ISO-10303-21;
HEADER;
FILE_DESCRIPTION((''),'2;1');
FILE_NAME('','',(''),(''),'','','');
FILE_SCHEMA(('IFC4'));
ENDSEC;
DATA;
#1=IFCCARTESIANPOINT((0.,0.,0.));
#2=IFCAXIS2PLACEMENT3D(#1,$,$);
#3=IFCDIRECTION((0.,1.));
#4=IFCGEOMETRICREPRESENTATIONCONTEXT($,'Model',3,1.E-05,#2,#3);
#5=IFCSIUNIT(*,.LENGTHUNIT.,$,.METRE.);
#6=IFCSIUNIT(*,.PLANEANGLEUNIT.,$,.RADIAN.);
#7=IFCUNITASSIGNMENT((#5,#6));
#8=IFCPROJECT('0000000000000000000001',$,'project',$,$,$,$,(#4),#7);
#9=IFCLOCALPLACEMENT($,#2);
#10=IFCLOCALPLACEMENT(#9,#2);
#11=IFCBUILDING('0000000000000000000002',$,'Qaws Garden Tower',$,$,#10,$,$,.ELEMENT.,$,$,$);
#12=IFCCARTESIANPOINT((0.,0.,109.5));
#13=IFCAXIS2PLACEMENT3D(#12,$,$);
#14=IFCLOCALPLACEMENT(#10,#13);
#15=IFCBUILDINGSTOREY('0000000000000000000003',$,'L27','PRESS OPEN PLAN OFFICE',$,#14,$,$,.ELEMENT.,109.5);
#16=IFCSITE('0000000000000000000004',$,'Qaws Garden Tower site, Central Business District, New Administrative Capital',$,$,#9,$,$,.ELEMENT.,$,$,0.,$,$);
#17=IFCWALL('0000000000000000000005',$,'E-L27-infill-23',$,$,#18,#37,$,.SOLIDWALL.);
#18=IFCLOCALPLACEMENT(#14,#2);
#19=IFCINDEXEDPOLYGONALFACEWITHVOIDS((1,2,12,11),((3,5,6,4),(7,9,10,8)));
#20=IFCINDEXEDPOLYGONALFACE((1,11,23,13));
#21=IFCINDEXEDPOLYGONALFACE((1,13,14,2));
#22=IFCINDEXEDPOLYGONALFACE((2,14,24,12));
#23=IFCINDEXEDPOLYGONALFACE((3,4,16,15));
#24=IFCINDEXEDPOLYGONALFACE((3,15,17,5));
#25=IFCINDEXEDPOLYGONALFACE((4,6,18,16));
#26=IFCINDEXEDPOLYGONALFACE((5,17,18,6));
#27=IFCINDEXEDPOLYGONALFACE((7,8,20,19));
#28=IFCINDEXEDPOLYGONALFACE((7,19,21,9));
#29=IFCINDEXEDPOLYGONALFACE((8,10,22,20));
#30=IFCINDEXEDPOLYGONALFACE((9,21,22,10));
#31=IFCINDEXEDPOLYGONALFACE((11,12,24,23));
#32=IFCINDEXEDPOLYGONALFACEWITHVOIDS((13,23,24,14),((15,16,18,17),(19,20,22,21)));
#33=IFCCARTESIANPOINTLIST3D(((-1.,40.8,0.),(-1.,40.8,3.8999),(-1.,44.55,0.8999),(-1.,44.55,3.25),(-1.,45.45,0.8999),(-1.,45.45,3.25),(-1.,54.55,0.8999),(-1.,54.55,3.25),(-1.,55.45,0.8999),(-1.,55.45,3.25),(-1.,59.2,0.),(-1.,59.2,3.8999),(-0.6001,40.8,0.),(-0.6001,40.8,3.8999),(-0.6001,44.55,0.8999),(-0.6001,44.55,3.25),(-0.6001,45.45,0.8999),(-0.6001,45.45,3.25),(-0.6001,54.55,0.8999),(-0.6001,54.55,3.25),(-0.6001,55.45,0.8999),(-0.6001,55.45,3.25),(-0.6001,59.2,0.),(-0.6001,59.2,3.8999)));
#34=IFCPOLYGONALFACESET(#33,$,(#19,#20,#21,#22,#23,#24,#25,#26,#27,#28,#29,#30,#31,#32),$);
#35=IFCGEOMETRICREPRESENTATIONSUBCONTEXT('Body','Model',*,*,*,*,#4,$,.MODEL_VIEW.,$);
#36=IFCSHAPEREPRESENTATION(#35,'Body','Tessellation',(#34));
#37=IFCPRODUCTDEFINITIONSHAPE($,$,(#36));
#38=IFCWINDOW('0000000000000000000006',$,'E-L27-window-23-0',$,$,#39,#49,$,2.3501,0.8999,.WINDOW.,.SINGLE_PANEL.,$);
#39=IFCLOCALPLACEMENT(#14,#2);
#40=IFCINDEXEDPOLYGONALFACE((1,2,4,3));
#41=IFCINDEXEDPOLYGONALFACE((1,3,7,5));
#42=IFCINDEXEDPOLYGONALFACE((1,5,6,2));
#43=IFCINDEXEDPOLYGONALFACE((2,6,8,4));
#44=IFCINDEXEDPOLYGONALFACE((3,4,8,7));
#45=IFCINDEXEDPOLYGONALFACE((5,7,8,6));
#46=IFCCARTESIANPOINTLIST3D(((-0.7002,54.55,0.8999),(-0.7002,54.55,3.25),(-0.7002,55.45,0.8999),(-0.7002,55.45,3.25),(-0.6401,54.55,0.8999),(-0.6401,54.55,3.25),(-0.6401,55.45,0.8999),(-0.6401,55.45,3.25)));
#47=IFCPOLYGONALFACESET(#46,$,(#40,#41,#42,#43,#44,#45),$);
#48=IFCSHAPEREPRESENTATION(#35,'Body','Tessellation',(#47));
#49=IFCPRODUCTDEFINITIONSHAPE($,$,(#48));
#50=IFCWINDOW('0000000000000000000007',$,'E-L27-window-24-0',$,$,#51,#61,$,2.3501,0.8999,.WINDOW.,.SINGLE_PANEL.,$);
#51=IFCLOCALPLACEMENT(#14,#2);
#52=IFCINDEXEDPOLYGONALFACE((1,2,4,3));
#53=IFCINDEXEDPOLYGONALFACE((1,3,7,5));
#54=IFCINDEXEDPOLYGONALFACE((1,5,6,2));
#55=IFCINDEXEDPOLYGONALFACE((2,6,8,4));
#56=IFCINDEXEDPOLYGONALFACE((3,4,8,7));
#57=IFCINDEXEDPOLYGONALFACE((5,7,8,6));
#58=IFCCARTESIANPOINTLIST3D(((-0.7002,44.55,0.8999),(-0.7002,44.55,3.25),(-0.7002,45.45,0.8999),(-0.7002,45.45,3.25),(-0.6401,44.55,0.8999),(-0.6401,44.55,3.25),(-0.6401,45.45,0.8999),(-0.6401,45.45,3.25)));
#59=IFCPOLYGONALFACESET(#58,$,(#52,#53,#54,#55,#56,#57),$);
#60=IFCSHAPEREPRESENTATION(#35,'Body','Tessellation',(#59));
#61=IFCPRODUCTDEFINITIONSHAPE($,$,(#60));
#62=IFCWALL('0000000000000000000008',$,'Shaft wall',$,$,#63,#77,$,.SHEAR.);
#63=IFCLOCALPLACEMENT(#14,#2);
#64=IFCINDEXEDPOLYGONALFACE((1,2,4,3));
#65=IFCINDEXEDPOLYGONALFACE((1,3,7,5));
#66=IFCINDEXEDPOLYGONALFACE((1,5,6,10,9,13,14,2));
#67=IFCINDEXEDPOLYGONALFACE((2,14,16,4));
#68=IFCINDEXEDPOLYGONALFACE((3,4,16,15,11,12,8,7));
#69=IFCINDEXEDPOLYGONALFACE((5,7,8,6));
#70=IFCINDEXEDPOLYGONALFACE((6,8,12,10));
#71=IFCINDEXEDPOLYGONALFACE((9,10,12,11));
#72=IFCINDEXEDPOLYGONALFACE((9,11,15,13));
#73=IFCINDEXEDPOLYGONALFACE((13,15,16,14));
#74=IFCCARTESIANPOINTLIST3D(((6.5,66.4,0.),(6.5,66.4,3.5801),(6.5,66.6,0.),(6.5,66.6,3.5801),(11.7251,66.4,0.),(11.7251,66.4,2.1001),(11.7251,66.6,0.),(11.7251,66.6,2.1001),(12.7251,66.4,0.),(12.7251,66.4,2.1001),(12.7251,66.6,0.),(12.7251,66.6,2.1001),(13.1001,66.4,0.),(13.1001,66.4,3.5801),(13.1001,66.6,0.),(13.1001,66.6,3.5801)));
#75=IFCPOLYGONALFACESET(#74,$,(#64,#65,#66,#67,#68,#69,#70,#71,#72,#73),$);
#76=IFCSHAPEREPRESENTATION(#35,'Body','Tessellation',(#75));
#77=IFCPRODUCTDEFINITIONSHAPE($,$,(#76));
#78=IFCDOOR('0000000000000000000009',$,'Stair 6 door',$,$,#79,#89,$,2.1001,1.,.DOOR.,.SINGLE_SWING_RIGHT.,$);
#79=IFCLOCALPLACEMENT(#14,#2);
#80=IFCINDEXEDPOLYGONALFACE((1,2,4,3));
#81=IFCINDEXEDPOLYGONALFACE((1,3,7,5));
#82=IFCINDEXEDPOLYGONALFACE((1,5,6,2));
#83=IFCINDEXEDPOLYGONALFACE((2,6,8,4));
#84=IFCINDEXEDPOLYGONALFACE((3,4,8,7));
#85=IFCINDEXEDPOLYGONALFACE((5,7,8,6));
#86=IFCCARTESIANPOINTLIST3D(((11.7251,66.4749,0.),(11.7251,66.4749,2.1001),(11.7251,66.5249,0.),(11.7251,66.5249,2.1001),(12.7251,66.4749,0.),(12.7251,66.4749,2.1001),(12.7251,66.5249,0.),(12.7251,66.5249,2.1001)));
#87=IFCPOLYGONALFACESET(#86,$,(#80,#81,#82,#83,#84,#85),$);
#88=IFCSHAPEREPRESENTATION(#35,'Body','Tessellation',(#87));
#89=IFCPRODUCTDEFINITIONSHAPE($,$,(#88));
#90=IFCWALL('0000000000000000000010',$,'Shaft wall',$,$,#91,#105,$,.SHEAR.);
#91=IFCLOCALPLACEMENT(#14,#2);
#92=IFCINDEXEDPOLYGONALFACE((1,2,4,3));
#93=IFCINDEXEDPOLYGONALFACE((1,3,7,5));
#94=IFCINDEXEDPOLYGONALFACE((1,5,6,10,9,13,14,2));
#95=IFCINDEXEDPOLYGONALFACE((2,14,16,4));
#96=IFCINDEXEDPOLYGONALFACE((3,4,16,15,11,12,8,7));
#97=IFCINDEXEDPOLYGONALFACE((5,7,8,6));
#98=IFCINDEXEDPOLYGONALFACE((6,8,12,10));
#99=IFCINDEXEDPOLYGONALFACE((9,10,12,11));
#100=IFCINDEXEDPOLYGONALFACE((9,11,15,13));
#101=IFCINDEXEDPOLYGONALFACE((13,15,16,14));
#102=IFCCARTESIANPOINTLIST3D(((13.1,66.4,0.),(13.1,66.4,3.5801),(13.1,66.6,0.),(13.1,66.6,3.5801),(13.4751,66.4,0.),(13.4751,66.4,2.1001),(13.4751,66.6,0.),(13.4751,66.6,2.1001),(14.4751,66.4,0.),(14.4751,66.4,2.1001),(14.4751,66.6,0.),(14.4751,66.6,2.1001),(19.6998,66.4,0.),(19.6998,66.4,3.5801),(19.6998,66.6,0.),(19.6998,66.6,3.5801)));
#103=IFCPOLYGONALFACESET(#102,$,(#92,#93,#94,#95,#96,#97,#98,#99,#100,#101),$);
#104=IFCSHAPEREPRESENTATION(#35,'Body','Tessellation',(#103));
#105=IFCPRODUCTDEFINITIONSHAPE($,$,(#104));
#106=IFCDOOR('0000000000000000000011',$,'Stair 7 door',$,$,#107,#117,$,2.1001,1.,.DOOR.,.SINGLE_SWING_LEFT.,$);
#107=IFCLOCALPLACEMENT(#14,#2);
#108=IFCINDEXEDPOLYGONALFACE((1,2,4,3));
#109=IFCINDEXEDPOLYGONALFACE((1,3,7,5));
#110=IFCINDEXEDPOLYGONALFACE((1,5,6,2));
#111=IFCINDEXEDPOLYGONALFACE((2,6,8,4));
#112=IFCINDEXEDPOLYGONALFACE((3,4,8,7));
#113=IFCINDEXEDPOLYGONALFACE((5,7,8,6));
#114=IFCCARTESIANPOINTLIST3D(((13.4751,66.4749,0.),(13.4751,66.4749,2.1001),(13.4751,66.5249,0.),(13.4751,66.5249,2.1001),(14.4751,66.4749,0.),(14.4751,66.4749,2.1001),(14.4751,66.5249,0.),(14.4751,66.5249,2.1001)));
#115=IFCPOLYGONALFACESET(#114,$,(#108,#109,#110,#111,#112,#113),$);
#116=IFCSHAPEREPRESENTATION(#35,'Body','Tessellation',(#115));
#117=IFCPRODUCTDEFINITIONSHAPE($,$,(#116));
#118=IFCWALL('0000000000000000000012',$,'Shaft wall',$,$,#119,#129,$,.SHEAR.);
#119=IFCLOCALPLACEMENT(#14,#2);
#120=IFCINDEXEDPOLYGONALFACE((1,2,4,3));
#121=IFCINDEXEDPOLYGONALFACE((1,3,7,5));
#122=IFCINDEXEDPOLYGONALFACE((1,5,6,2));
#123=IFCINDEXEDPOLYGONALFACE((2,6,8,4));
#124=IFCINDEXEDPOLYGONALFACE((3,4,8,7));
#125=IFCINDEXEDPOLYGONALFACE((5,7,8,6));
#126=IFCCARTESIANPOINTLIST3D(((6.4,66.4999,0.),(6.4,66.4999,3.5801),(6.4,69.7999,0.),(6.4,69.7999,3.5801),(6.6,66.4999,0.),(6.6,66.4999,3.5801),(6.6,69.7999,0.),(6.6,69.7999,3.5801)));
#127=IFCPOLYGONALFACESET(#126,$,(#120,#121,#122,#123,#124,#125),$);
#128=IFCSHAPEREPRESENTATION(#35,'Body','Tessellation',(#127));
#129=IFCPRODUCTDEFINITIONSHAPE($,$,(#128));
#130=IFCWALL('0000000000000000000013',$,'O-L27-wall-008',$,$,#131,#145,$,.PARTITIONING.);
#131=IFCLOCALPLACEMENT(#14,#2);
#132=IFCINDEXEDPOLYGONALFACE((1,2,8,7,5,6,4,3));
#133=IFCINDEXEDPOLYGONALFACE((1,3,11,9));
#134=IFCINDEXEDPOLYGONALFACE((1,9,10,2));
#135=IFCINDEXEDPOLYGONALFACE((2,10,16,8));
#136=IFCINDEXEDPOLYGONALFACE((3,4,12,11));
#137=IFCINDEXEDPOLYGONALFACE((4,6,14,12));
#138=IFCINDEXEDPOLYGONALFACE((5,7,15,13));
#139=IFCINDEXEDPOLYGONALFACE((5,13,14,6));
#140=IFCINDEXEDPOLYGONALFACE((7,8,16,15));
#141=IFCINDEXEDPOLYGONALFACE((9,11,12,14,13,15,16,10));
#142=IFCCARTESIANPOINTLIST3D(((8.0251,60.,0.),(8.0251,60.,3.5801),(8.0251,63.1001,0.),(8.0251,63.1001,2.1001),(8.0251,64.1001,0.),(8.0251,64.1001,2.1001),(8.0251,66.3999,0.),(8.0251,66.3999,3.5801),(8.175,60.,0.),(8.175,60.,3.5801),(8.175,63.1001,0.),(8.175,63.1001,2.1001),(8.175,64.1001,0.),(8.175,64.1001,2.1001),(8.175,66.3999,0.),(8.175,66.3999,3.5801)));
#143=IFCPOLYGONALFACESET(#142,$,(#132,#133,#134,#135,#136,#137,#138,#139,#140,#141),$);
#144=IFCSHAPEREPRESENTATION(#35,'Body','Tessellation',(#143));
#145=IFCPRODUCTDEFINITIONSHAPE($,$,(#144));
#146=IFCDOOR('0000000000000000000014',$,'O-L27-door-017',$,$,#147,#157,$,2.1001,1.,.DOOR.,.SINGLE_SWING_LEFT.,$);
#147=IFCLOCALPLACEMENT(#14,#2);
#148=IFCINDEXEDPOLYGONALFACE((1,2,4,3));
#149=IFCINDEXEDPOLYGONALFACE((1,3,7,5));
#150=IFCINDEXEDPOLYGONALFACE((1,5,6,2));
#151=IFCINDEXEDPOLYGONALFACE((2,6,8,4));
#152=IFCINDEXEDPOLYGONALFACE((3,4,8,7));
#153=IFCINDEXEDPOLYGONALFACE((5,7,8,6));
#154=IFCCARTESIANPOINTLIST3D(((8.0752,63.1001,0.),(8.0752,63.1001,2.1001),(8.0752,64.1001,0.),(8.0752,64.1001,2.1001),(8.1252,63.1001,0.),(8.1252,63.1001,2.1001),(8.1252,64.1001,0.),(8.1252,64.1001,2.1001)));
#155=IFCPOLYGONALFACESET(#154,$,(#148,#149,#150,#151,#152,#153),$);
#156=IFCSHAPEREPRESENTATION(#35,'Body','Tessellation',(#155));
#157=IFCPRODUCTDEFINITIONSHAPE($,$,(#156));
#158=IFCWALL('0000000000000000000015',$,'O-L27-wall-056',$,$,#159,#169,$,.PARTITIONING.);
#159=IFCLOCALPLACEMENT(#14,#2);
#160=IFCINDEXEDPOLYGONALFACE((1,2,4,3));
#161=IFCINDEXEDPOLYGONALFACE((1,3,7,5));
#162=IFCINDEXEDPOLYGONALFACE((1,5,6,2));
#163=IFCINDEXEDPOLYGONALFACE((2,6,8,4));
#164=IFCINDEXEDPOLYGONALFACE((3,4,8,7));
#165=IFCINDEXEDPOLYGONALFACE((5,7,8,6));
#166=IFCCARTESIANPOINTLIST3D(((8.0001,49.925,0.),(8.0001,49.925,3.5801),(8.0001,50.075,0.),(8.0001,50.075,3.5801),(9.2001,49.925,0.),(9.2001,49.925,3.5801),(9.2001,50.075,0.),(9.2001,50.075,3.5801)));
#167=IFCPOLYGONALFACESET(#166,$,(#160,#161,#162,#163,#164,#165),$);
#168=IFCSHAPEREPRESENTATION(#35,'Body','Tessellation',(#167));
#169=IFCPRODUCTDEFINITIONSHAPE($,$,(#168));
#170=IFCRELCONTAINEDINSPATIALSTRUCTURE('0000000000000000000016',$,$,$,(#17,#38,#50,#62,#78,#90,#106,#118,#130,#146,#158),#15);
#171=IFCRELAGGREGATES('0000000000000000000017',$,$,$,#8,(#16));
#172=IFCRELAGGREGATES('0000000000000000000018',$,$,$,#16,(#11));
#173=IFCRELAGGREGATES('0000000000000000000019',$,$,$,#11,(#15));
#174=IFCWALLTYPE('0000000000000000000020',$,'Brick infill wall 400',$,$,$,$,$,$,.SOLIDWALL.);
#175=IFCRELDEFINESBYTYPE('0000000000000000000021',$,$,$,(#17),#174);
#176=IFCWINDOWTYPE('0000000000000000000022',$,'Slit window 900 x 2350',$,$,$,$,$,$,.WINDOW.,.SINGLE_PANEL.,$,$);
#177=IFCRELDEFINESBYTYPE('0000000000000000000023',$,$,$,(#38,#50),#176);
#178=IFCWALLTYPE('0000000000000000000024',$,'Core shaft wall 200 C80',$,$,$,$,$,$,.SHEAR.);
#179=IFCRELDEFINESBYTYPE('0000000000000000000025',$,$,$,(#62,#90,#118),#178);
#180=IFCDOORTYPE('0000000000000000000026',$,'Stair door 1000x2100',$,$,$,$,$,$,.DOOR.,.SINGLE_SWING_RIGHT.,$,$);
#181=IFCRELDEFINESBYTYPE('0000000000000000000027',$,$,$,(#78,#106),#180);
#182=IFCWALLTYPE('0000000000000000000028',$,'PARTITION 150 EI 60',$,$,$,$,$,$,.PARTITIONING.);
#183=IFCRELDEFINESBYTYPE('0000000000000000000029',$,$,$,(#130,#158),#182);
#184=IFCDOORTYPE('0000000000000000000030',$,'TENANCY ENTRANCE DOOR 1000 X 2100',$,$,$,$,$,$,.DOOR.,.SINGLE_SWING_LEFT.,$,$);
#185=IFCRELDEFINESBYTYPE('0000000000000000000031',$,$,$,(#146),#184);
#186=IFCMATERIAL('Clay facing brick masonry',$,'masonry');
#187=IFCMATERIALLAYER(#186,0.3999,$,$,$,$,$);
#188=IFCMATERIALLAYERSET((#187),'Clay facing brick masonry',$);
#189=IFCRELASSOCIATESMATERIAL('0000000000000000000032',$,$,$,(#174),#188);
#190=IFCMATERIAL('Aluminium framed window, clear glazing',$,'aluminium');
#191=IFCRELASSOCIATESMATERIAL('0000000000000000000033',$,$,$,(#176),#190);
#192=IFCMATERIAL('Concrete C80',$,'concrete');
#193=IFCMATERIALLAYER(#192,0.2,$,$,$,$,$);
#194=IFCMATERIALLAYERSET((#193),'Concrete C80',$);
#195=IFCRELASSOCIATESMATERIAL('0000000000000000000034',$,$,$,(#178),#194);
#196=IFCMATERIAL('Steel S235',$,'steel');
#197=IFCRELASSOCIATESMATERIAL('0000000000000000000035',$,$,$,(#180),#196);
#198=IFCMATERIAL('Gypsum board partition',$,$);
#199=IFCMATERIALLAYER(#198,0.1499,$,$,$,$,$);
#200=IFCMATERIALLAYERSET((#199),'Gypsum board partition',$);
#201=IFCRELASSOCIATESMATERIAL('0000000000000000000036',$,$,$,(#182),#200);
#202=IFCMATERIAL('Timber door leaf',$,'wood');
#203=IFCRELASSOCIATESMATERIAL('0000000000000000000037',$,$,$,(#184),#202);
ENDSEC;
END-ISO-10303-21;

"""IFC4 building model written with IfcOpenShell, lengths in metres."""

from ifc_helpers import new_model, si_unit, direction, frame, frame_2d, origin, place, context, subcontext, project, spatial, rectangle, extrude, material, layer, layer_set, type_object, element, fill, save


model = new_model("IFC4")

# Units and contexts
model_context = context("Model", 3, precision=1e-05, world=origin(), true_north=direction((0.0, 1.0)))
body_context = subcontext(model_context, "Body", "Model", "MODEL_VIEW")
ifc_project = project(units=[si_unit("LENGTHUNIT", "METRE"), si_unit("PLANEANGLEUNIT", "RADIAN")], contexts=[model_context])

# Site, building, storey
site_placement = place(None, origin())
site = spatial("IfcSite", under=ifc_project, at=site_placement, Name="Qaws Garden Tower site, Central Business District, New Administrative Capital", CompositionType="ELEMENT", RefElevation=0.0)
building_placement = place(site_placement, origin())
building = spatial("IfcBuilding", under=site, at=building_placement, Name="Qaws Garden Tower", CompositionType="ELEMENT")
storey_placement = place(building_placement, frame((0.0, 0.0, 109.5)))
storey = spatial("IfcBuildingStorey", under=building, at=storey_placement, Name="L27", Description="PRESS OPEN PLAN OFFICE", CompositionType="ELEMENT", Elevation=109.5)

# Shared definitions
ifc_material_1 = material(Name="Clay facing brick masonry", Category="masonry")
ifc_layer_1 = layer(ifc_material_1, 0.3999)
ifc_layer_set_1 = layer_set([ifc_layer_1], Name="Clay facing brick masonry")
wall_type_1 = type_object("IfcWallType", Name="Brick infill wall 400", PredefinedType="SOLIDWALL", material=ifc_layer_set_1)

# Wall, openings, windows
wall_1_placement = place(storey_placement, frame((-0.8, 59.2, 0.0), z_axis=(0.0, 0.0, 1.0), x_axis=(0.0, -1.0, 0.0)))
wall_1 = element("IfcWall", 1, at=wall_1_placement, inside=storey, type_object=wall_type_1, Name="E-L27-infill-23", PredefinedType="SOLIDWALL", context=body_context, shape_type="SweptSolid", body=[
    extrude(rectangle(XDim=18.3999, YDim=0.3999, at=frame_2d((9.2, 0.0))), origin(), (0.0, 0.0, 1.0), 3.8999),
])
opening_1_placement = place(wall_1_placement, frame((3.75, 0.0, 0.8999)))
opening_1 = element("IfcOpeningElement", 2, at=opening_1_placement, cuts=wall_1, PredefinedType="OPENING", context=body_context, shape_type="SweptSolid", body=[
    extrude(rectangle(XDim=0.8999, YDim=2.3501, at=frame_2d((0.45, 1.175))), frame((0.0, 0.21, 0.0), z_axis=(0.0, -1.0, 0.0), x_axis=(1.0, 0.0, 0.0)), (0.0, 0.0, 1.0), 0.4199),
])
opening_2_placement = place(wall_1_placement, frame((13.75, 0.0, 0.8999)))
opening_2 = element("IfcOpeningElement", 3, at=opening_2_placement, cuts=wall_1, PredefinedType="OPENING", context=body_context, shape_type="SweptSolid", body=[
    extrude(rectangle(XDim=0.8999, YDim=2.3501, at=frame_2d((0.45, 1.175))), frame((0.0, 0.21, 0.0), z_axis=(0.0, -1.0, 0.0), x_axis=(1.0, 0.0, 0.0)), (0.0, 0.0, 1.0), 0.4199),
])
ifc_material_2 = material(Name="Aluminium framed window, clear glazing", Category="aluminium")
window_type_1 = type_object("IfcWindowType", Name="Slit window 900 x 2350", PartitioningType="SINGLE_PANEL", PredefinedType="WINDOW", material=ifc_material_2)
window_1_placement = place(opening_1_placement, origin())
window_1 = element("IfcWindow", 4, at=window_1_placement, inside=storey, type_object=window_type_1, Name="E-L27-window-23-0", OverallHeight=2.3501, OverallWidth=0.8999, PartitioningType="SINGLE_PANEL", PredefinedType="WINDOW", context=body_context, shape_type="SweptSolid", body=[
    extrude(rectangle(XDim=0.8999, YDim=2.3501, at=frame_2d((0.45, 1.175))), frame((0.0, 0.1599, 0.0), z_axis=(0.0, -1.0, 0.0), x_axis=(1.0, 0.0, 0.0)), (0.0, 0.0, 1.0), 0.0601),
])
fill(opening_1, window_1)
window_2_placement = place(opening_2_placement, origin())
window_2 = element("IfcWindow", 5, at=window_2_placement, inside=storey, type_object=window_type_1, Name="E-L27-window-24-0", OverallHeight=2.3501, OverallWidth=0.8999, PartitioningType="SINGLE_PANEL", PredefinedType="WINDOW", context=body_context, shape_type="SweptSolid", body=[
    extrude(rectangle(XDim=0.8999, YDim=2.3501, at=frame_2d((0.45, 1.175))), frame((0.0, 0.1599, 0.0), z_axis=(0.0, -1.0, 0.0), x_axis=(1.0, 0.0, 0.0)), (0.0, 0.0, 1.0), 0.0601),
])
fill(opening_2, window_2)

# Walls, openings, doors
ifc_material_3 = material(Name="Concrete C80", Category="concrete")
ifc_layer_2 = layer(ifc_material_3, 0.2)
ifc_layer_set_2 = layer_set([ifc_layer_2], Name="Concrete C80")
wall_type_2 = type_object("IfcWallType", Name="Core shaft wall 200 C80", PredefinedType="SHEAR", material=ifc_layer_set_2)
wall_2_placement = place(storey_placement, frame((6.5, 66.5, 0.0), z_axis=(0.0, 0.0, 1.0), x_axis=(1.0, 0.0, 0.0)))
wall_2 = element("IfcWall", 6, at=wall_2_placement, inside=storey, type_object=wall_type_2, Name="Shaft wall", PredefinedType="SHEAR", context=body_context, shape_type="SweptSolid", body=[
    extrude(rectangle(XDim=6.6001, YDim=0.2, at=frame_2d((3.3, 0.0))), origin(), (0.0, 0.0, 1.0), 3.5801),
])
opening_3_placement = place(wall_2_placement, frame((5.2251, 0.0, 0.0)))
opening_3 = element("IfcOpeningElement", 7, at=opening_3_placement, cuts=wall_2, PredefinedType="OPENING", context=body_context, shape_type="SweptSolid", body=[
    extrude(rectangle(XDim=1.0, YDim=2.1001, at=frame_2d((0.5, 1.05))), frame((0.0, 0.1099, 0.0), z_axis=(0.0, -1.0, 0.0), x_axis=(1.0, 0.0, 0.0)), (0.0, 0.0, 1.0), 0.22),
])
ifc_material_4 = material(Name="Steel S235", Category="steel")
door_type_1 = type_object("IfcDoorType", Name="Stair door 1000x2100", OperationType="SINGLE_SWING_RIGHT", PredefinedType="DOOR", material=ifc_material_4)
door_1_placement = place(opening_3_placement, origin())
door_1 = element("IfcDoor", 8, at=door_1_placement, inside=storey, type_object=door_type_1, Name="Stair 6 door", OperationType="SINGLE_SWING_RIGHT", OverallHeight=2.1001, OverallWidth=1.0, PredefinedType="DOOR", context=body_context, shape_type="SweptSolid", body=[
    extrude(rectangle(XDim=1.0, YDim=2.1001, at=frame_2d((0.5, 1.05))), frame((0.0, 0.0249, 0.0), z_axis=(0.0, -1.0, 0.0), x_axis=(1.0, 0.0, 0.0)), (0.0, 0.0, 1.0), 0.05),
])
fill(opening_3, door_1)
wall_3_placement = place(storey_placement, frame((13.1001, 66.5, 0.0), z_axis=(0.0, 0.0, 1.0), x_axis=(1.0, 0.0, 0.0)))
wall_3 = element("IfcWall", 9, at=wall_3_placement, inside=storey, type_object=wall_type_2, Name="Shaft wall", PredefinedType="SHEAR", context=body_context, shape_type="SweptSolid", body=[
    extrude(rectangle(XDim=6.5999, YDim=0.2, at=frame_2d((3.2998, 0.0))), origin(), (0.0, 0.0, 1.0), 3.5801),
])
opening_4_placement = place(wall_3_placement, frame((0.375, 0.0, 0.0)))
opening_4 = element("IfcOpeningElement", 10, at=opening_4_placement, cuts=wall_3, PredefinedType="OPENING", context=body_context, shape_type="SweptSolid", body=[
    extrude(rectangle(XDim=1.0, YDim=2.1001, at=frame_2d((0.5, 1.05))), frame((0.0, 0.1099, 0.0), z_axis=(0.0, -1.0, 0.0), x_axis=(1.0, 0.0, 0.0)), (0.0, 0.0, 1.0), 0.22),
])
door_2_placement = place(opening_4_placement, origin())
door_2 = element("IfcDoor", 11, at=door_2_placement, inside=storey, type_object=door_type_1, Name="Stair 7 door", OperationType="SINGLE_SWING_LEFT", OverallHeight=2.1001, OverallWidth=1.0, PredefinedType="DOOR", context=body_context, shape_type="SweptSolid", body=[
    extrude(rectangle(XDim=1.0, YDim=2.1001, at=frame_2d((0.5, 1.05))), frame((0.0, 0.0249, 0.0), z_axis=(0.0, -1.0, 0.0), x_axis=(1.0, 0.0, 0.0)), (0.0, 0.0, 1.0), 0.05),
])
fill(opening_4, door_2)

# Wall
wall_4_placement = place(storey_placement, frame((6.5, 66.5, 0.0), z_axis=(0.0, 0.0, 1.0), x_axis=(0.0, 1.0, 0.0)))
element("IfcWall", 12, at=wall_4_placement, inside=storey, type_object=wall_type_2, Name="Shaft wall", PredefinedType="SHEAR", context=body_context, shape_type="SweptSolid", body=[
    extrude(rectangle(XDim=3.3, YDim=0.2, at=frame_2d((1.6499, 0.0))), origin(), (0.0, 0.0, 1.0), 3.5801),
])

# Wall, opening, door
ifc_material_5 = material(Name="Gypsum board partition")
ifc_layer_3 = layer(ifc_material_5, 0.1499)
ifc_layer_set_3 = layer_set([ifc_layer_3], Name="Gypsum board partition")
wall_type_3 = type_object("IfcWallType", Name="PARTITION 150 EI 60", PredefinedType="PARTITIONING", material=ifc_layer_set_3)
wall_5_placement = place(storey_placement, frame((8.1001, 60.0, 0.0), z_axis=(0.0, 0.0, 1.0), x_axis=(0.0, 1.0, 0.0)))
wall_5 = element("IfcWall", 13, at=wall_5_placement, inside=storey, type_object=wall_type_3, Name="O-L27-wall-008", PredefinedType="PARTITIONING", context=body_context, shape_type="SweptSolid", body=[
    extrude(rectangle(XDim=6.3999, YDim=0.1499, at=frame_2d((3.2, 0.0))), origin(), (0.0, 0.0, 1.0), 3.5801),
])
opening_5_placement = place(wall_5_placement, frame((3.1001, 0.0, 0.0)))
opening_5 = element("IfcOpeningElement", 14, at=opening_5_placement, cuts=wall_5, PredefinedType="OPENING", context=body_context, shape_type="SweptSolid", body=[
    extrude(rectangle(XDim=1.0, YDim=2.1001, at=frame_2d((0.5, 1.05))), frame((0.0, 0.085, 0.0), z_axis=(0.0, -1.0, 0.0), x_axis=(1.0, 0.0, 0.0)), (0.0, 0.0, 1.0), 0.1699),
])
ifc_material_6 = material(Name="Timber door leaf", Category="wood")
door_type_2 = type_object("IfcDoorType", Name="TENANCY ENTRANCE DOOR 1000 X 2100", OperationType="SINGLE_SWING_LEFT", PredefinedType="DOOR", material=ifc_material_6)
door_3_placement = place(opening_5_placement, origin())
door_3 = element("IfcDoor", 15, at=door_3_placement, inside=storey, type_object=door_type_2, Name="O-L27-door-017", OperationType="SINGLE_SWING_LEFT", OverallHeight=2.1001, OverallWidth=1.0, PredefinedType="DOOR", context=body_context, shape_type="SweptSolid", body=[
    extrude(rectangle(XDim=1.0, YDim=2.1001, at=frame_2d((0.5, 1.05))), frame((0.0, 0.0249, 0.0), z_axis=(0.0, -1.0, 0.0), x_axis=(1.0, 0.0, 0.0)), (0.0, 0.0, 1.0), 0.05),
])
fill(opening_5, door_3)

# Wall
wall_6_placement = place(storey_placement, frame((8.0, 50.0, 0.0), z_axis=(0.0, 0.0, 1.0), x_axis=(1.0, 0.0, 0.0)))
element("IfcWall", 16, at=wall_6_placement, inside=storey, type_object=wall_type_3, Name="O-L27-wall-056", PredefinedType="PARTITIONING", context=body_context, shape_type="SweptSolid", body=[
    extrude(rectangle(XDim=1.2, YDim=0.1499, at=frame_2d((0.6001, 0.0))), origin(), (0.0, 0.0, 1.0), 3.5801),
])

save(model, "model.ifc")
